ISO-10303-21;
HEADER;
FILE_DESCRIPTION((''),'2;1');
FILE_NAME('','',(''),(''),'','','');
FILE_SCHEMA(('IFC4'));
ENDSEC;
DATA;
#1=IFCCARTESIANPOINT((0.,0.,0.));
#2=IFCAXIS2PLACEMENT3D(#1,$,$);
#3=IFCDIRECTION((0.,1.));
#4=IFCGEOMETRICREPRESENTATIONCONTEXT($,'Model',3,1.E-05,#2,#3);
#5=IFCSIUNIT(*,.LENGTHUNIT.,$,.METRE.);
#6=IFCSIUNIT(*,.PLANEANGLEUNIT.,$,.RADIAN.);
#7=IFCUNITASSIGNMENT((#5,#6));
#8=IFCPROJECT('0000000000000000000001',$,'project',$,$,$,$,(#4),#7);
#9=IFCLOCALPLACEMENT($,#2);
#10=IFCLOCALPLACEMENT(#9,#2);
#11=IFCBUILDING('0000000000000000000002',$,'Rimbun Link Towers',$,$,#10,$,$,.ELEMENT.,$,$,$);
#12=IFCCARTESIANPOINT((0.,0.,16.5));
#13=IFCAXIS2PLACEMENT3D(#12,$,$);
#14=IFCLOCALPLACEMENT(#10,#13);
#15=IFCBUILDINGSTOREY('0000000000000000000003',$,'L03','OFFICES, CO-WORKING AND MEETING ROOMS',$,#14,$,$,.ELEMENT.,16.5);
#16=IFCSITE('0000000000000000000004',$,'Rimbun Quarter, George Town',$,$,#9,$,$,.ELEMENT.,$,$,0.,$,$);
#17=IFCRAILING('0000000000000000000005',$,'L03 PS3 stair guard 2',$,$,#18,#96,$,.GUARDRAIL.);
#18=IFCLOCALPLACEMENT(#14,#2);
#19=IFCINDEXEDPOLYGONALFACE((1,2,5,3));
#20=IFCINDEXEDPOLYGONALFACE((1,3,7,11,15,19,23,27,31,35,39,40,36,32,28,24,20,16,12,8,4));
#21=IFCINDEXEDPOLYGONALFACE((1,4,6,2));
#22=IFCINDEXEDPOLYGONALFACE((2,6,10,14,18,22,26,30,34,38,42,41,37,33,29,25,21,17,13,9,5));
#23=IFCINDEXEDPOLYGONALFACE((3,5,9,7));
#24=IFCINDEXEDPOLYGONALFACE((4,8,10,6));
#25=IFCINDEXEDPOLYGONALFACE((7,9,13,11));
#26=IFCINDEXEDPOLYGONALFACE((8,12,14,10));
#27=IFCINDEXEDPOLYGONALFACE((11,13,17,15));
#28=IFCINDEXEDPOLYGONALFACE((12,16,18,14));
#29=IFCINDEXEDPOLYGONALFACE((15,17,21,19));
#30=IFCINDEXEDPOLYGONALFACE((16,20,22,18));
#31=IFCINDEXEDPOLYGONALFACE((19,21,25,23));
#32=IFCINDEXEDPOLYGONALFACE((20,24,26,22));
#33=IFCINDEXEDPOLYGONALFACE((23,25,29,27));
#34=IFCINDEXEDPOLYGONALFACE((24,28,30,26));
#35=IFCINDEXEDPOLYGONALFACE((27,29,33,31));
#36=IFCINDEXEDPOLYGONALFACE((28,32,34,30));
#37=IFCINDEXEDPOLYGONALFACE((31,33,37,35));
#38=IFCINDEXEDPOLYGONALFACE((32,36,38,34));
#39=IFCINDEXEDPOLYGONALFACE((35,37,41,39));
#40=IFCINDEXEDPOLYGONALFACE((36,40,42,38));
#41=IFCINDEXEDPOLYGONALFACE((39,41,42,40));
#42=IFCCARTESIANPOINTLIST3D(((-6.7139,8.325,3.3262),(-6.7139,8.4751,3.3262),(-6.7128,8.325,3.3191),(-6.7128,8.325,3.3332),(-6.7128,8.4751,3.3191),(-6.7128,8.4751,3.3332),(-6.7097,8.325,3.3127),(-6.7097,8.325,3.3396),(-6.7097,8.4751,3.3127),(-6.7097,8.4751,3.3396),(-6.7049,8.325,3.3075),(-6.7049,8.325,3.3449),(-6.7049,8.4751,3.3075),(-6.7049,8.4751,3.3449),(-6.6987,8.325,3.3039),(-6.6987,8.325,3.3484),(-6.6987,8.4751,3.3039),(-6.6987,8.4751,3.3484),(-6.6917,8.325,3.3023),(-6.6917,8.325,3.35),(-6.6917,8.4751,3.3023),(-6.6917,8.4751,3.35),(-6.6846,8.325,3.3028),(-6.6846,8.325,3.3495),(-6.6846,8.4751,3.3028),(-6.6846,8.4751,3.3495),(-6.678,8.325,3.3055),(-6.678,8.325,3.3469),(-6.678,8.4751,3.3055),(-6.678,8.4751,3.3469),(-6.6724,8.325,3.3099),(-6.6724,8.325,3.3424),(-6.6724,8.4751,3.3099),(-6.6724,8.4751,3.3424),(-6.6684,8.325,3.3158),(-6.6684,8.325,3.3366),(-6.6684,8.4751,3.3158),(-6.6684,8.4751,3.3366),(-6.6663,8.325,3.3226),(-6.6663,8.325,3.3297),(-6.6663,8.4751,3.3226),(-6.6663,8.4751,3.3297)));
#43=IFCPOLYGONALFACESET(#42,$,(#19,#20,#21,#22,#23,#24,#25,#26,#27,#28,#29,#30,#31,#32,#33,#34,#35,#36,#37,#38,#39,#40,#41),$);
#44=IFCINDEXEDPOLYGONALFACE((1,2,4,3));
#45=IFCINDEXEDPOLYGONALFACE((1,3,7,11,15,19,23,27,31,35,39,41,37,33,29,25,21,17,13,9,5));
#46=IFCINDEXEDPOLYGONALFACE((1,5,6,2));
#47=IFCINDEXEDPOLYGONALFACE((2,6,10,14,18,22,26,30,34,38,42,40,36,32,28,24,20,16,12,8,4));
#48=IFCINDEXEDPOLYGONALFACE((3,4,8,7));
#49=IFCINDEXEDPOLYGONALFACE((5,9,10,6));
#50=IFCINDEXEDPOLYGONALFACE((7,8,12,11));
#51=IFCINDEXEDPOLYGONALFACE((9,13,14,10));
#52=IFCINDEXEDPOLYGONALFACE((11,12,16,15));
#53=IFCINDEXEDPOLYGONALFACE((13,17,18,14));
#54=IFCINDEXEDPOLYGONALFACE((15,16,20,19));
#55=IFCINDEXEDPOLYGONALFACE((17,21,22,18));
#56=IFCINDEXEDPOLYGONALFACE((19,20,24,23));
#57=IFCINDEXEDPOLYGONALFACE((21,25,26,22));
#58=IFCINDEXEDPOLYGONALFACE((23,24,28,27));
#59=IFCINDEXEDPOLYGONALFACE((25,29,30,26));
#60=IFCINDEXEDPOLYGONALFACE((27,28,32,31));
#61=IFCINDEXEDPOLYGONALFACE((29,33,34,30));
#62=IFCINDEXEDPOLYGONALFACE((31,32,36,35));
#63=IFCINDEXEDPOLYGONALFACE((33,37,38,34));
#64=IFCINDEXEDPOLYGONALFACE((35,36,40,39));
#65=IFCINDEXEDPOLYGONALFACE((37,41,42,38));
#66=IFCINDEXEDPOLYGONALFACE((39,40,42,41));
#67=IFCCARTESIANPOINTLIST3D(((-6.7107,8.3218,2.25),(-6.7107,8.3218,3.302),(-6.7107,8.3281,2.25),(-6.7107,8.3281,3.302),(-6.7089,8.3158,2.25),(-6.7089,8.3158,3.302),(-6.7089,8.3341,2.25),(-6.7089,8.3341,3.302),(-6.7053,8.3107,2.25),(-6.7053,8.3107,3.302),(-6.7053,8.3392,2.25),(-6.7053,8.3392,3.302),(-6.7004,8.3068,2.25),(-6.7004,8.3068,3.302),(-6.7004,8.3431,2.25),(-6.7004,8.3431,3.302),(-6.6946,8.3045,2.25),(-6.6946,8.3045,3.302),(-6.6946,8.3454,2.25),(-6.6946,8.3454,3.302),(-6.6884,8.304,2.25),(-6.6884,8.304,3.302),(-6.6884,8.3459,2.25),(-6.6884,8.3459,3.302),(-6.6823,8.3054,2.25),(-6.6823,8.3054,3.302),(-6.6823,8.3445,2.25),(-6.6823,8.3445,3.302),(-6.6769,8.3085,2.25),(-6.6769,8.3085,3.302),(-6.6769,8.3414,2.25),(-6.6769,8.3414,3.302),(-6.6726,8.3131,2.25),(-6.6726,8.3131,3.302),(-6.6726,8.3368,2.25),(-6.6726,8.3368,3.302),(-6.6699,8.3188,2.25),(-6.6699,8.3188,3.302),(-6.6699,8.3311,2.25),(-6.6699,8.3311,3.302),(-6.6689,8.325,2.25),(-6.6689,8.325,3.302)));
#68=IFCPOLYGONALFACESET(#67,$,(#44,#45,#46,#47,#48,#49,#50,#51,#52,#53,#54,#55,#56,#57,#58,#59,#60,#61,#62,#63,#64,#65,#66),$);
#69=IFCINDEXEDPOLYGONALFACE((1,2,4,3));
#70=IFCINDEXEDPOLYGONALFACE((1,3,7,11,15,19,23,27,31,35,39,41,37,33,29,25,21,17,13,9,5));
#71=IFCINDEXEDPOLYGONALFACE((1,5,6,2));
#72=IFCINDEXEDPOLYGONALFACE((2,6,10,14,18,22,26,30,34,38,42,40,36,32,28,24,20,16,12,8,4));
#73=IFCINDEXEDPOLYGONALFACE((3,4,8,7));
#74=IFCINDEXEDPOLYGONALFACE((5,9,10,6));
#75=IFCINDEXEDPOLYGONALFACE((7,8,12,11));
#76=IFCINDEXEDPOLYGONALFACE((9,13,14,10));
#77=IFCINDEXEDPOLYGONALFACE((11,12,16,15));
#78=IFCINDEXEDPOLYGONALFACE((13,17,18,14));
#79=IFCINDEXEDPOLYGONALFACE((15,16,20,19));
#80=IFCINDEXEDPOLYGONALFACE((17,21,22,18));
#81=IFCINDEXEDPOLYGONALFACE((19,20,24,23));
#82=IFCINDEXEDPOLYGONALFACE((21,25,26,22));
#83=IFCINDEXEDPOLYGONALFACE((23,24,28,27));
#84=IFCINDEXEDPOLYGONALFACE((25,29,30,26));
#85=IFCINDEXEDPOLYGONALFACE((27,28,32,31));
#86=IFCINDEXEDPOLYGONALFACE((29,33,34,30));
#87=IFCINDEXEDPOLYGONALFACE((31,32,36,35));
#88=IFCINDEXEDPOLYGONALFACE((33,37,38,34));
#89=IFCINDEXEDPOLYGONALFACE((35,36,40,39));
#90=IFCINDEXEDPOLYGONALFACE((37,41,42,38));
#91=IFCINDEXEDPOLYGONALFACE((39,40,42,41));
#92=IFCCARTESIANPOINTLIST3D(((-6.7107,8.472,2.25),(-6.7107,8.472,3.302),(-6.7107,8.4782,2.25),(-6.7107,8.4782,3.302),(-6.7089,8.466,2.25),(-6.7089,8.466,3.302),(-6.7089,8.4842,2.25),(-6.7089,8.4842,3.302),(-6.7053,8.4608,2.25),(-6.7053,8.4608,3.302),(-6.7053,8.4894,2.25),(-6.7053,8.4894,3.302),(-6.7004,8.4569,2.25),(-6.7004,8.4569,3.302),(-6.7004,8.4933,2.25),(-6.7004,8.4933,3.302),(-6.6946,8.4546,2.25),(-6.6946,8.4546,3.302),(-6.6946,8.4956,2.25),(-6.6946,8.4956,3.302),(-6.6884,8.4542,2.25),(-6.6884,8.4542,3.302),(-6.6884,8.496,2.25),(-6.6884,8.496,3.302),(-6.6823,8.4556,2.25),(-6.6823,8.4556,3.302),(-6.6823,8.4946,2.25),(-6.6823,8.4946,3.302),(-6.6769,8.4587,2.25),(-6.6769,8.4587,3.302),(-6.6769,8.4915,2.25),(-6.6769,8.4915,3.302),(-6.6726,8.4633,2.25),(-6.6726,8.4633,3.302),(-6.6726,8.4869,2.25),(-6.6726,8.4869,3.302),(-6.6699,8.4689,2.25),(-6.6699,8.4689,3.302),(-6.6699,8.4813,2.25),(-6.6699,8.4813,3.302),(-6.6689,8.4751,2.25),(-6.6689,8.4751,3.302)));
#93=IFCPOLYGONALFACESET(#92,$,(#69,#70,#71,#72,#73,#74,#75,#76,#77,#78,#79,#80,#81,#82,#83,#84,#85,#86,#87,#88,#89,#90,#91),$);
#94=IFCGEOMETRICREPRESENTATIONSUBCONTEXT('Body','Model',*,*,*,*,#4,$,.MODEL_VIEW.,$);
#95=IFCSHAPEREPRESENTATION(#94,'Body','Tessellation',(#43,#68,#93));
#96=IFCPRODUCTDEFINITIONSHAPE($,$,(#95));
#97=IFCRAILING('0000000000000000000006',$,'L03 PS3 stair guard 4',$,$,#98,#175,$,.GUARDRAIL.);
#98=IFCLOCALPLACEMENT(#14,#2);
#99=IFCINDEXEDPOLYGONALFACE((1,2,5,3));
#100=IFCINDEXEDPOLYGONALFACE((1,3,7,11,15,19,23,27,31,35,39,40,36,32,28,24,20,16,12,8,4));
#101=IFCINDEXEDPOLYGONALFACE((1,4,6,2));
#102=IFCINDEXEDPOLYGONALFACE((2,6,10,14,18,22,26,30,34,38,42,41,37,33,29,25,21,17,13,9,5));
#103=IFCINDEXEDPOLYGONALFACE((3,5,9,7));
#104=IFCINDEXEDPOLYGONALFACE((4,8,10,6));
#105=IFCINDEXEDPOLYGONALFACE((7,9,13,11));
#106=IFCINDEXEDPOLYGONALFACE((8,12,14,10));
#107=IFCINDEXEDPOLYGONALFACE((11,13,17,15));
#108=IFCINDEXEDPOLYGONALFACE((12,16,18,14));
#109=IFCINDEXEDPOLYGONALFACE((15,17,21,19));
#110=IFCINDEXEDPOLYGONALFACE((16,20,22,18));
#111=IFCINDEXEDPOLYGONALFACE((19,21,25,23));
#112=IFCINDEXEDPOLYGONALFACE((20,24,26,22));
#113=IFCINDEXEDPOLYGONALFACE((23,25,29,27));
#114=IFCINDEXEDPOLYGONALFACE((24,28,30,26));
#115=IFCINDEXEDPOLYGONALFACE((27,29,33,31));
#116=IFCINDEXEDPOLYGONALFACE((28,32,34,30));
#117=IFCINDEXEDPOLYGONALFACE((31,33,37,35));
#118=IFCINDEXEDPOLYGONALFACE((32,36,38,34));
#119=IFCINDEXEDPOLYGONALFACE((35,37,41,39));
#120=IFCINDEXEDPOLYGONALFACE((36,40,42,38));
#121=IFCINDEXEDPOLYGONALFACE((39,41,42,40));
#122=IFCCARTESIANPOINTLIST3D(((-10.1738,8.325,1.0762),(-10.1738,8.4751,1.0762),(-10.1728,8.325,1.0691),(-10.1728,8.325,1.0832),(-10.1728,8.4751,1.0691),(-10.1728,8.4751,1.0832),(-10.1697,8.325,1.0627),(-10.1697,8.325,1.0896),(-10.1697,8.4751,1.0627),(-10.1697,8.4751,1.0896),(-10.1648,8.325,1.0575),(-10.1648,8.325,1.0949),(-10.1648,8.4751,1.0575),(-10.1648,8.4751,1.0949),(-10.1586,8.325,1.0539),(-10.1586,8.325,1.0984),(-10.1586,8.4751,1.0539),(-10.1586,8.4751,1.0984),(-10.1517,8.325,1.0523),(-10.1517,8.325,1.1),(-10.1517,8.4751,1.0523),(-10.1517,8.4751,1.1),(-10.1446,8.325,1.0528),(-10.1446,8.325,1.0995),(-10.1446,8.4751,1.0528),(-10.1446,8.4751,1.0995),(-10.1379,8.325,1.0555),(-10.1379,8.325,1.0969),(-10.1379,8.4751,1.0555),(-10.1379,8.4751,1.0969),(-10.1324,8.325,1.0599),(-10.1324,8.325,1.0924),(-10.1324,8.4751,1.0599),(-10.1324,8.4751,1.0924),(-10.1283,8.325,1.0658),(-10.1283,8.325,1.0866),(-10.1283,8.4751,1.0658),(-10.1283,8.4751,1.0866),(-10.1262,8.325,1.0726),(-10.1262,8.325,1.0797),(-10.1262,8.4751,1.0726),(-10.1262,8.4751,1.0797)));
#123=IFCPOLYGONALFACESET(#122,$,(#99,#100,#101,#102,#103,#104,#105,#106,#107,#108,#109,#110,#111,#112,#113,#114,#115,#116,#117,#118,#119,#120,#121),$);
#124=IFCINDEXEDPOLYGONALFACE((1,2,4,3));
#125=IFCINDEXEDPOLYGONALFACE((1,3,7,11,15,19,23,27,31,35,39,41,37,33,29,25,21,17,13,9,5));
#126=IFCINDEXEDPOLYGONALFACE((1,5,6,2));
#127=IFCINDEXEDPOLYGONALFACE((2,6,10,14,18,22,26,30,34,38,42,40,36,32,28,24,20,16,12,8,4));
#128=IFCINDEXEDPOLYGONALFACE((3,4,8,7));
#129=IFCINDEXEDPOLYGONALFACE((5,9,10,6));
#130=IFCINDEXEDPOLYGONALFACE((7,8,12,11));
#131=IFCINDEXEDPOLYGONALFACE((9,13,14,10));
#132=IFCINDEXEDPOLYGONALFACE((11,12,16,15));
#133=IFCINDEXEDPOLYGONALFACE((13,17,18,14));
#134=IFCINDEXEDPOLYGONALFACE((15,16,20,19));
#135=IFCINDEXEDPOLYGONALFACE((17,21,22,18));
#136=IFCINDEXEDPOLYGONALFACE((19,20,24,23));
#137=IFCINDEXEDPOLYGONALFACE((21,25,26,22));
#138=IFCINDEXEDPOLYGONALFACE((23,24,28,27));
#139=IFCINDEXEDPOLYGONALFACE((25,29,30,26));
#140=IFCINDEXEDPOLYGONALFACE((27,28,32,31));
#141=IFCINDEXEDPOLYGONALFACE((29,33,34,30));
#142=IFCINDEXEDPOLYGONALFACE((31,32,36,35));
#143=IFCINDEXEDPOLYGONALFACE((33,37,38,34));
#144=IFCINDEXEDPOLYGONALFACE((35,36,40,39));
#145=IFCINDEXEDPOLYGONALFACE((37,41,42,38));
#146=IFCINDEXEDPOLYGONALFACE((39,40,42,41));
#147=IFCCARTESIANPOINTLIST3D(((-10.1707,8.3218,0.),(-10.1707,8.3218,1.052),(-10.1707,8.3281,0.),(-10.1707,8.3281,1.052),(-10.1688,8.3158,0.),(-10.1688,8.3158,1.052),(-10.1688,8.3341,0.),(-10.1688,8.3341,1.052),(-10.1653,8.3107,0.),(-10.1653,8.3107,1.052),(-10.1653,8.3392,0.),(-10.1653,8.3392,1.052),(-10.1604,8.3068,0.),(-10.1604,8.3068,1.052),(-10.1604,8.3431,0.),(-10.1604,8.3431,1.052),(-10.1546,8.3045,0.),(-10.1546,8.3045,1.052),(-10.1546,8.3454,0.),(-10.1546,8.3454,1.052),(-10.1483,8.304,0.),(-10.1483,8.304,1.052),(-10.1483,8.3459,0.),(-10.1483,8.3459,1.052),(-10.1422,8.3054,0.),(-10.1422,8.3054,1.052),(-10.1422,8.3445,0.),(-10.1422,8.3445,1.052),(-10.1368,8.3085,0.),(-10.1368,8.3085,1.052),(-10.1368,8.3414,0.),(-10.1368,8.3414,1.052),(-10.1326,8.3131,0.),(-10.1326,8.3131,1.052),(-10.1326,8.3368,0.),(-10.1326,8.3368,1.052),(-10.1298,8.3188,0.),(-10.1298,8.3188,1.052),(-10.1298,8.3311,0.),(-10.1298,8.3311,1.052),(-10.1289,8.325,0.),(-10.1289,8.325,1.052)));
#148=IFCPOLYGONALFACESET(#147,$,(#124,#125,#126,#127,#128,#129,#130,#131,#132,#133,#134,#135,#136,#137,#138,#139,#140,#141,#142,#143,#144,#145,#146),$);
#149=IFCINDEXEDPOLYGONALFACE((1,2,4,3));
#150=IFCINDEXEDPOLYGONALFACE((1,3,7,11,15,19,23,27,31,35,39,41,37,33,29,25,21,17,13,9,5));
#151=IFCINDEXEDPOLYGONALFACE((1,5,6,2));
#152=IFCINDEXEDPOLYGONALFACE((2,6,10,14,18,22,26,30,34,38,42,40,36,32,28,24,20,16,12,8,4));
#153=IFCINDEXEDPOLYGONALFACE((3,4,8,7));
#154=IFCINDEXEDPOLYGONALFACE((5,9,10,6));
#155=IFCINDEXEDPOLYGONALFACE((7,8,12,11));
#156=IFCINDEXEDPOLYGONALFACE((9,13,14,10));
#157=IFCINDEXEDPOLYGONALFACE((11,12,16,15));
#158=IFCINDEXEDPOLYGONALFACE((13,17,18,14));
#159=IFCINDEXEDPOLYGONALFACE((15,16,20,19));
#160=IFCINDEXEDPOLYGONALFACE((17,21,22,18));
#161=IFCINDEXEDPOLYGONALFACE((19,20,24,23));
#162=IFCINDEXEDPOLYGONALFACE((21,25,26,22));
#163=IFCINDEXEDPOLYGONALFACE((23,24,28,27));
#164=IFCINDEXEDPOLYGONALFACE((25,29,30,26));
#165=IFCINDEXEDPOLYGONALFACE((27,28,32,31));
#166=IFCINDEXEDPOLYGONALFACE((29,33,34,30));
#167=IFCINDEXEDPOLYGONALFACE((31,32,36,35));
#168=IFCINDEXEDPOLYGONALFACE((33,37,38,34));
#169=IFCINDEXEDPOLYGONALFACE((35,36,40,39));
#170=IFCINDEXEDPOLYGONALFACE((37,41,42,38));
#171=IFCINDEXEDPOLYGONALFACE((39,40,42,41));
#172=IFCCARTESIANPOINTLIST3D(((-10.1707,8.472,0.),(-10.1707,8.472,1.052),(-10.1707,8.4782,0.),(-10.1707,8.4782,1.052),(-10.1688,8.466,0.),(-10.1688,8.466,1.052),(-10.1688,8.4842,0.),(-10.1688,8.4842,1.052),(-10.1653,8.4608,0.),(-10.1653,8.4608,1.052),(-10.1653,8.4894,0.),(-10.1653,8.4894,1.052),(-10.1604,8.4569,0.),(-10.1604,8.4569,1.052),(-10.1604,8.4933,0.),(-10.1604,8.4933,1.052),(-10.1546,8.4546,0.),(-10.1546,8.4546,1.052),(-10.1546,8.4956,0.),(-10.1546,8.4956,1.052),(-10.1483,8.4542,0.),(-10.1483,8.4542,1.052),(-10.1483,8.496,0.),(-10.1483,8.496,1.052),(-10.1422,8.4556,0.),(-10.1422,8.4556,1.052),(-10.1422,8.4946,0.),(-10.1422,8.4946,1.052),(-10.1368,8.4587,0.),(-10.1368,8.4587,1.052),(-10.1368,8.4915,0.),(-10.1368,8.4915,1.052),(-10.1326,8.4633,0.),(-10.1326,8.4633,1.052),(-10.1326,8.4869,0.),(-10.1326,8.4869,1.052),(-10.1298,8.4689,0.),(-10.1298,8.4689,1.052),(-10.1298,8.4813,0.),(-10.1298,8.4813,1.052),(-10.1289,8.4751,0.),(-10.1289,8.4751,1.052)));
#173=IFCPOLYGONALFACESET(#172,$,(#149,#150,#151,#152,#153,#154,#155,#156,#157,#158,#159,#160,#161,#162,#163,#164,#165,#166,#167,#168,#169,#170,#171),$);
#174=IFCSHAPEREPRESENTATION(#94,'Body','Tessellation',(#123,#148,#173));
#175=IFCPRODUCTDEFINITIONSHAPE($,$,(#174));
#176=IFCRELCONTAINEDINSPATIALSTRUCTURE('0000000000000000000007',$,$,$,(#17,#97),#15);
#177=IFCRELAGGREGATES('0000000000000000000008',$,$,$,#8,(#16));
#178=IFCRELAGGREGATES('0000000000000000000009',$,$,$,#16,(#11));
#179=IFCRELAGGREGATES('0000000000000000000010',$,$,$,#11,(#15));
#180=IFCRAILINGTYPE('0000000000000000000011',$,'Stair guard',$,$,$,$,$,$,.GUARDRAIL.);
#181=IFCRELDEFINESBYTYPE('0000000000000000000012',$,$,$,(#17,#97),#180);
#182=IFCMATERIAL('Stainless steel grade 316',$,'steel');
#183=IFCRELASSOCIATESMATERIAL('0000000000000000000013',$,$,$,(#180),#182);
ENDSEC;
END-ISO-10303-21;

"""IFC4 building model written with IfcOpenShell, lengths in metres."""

from ifc_helpers import new_model, si_unit, direction, frame, origin, origin_2d, place, context, subcontext, project, spatial, circle, extrude, material, type_object, element, save


model = new_model("IFC4")

# Units and contexts
model_context = context("Model", 3, precision=1e-05, world=origin(), true_north=direction((0.0, 1.0)))
body_context = subcontext(model_context, "Body", "Model", "MODEL_VIEW")
ifc_project = project(units=[si_unit("LENGTHUNIT", "METRE"), si_unit("PLANEANGLEUNIT", "RADIAN")], contexts=[model_context])

# Site, building, storey
site_placement = place(None, origin())
site = spatial("IfcSite", under=ifc_project, at=site_placement, Name="Rimbun Quarter, George Town", CompositionType="ELEMENT", RefElevation=0.0)
building_placement = place(site_placement, origin())
building = spatial("IfcBuilding", under=site, at=building_placement, Name="Rimbun Link Towers", CompositionType="ELEMENT")
storey_placement = place(building_placement, frame((0.0, 0.0, 16.5)))
storey = spatial("IfcBuildingStorey", under=building, at=storey_placement, Name="L03", Description="OFFICES, CO-WORKING AND MEETING ROOMS", CompositionType="ELEMENT", Elevation=16.5)

# Railings
ifc_material_1 = material(Name="Stainless steel grade 316", Category="steel")
railing_type_1 = type_object("IfcRailingType", Name="Stair guard", PredefinedType="GUARDRAIL", material=ifc_material_1)
for number, where, name in (
    (1, (-6.6899, 8.325, 2.25), "L03 PS3 stair guard 2"),
    (2, (-10.1499, 8.325, 0.0), "L03 PS3 stair guard 4"),
):
    element("IfcRailing", number, at=place(storey_placement, frame(where)), inside=storey, type_object=railing_type_1, Name=name, PredefinedType="GUARDRAIL", context=body_context, shape_type="SweptSolid", body=[
        extrude(circle(Radius=0.0239, at=origin_2d()), frame((0.0, 0.0, 1.0762), z_axis=(0.0, 1.0, 0.0), x_axis=(-1.0, 0.0, 0.0)), (0.0, 0.0, 1.0), 0.1501),
        extrude(circle(Radius=0.021, at=origin_2d()), origin(), (0.0, 0.0, 1.0), 1.052),
        extrude(circle(Radius=0.021, at=origin_2d()), frame((0.0, 0.1501, 0.0)), (0.0, 0.0, 1.0), 1.052),
    ])

save(model, "model.ifc")
